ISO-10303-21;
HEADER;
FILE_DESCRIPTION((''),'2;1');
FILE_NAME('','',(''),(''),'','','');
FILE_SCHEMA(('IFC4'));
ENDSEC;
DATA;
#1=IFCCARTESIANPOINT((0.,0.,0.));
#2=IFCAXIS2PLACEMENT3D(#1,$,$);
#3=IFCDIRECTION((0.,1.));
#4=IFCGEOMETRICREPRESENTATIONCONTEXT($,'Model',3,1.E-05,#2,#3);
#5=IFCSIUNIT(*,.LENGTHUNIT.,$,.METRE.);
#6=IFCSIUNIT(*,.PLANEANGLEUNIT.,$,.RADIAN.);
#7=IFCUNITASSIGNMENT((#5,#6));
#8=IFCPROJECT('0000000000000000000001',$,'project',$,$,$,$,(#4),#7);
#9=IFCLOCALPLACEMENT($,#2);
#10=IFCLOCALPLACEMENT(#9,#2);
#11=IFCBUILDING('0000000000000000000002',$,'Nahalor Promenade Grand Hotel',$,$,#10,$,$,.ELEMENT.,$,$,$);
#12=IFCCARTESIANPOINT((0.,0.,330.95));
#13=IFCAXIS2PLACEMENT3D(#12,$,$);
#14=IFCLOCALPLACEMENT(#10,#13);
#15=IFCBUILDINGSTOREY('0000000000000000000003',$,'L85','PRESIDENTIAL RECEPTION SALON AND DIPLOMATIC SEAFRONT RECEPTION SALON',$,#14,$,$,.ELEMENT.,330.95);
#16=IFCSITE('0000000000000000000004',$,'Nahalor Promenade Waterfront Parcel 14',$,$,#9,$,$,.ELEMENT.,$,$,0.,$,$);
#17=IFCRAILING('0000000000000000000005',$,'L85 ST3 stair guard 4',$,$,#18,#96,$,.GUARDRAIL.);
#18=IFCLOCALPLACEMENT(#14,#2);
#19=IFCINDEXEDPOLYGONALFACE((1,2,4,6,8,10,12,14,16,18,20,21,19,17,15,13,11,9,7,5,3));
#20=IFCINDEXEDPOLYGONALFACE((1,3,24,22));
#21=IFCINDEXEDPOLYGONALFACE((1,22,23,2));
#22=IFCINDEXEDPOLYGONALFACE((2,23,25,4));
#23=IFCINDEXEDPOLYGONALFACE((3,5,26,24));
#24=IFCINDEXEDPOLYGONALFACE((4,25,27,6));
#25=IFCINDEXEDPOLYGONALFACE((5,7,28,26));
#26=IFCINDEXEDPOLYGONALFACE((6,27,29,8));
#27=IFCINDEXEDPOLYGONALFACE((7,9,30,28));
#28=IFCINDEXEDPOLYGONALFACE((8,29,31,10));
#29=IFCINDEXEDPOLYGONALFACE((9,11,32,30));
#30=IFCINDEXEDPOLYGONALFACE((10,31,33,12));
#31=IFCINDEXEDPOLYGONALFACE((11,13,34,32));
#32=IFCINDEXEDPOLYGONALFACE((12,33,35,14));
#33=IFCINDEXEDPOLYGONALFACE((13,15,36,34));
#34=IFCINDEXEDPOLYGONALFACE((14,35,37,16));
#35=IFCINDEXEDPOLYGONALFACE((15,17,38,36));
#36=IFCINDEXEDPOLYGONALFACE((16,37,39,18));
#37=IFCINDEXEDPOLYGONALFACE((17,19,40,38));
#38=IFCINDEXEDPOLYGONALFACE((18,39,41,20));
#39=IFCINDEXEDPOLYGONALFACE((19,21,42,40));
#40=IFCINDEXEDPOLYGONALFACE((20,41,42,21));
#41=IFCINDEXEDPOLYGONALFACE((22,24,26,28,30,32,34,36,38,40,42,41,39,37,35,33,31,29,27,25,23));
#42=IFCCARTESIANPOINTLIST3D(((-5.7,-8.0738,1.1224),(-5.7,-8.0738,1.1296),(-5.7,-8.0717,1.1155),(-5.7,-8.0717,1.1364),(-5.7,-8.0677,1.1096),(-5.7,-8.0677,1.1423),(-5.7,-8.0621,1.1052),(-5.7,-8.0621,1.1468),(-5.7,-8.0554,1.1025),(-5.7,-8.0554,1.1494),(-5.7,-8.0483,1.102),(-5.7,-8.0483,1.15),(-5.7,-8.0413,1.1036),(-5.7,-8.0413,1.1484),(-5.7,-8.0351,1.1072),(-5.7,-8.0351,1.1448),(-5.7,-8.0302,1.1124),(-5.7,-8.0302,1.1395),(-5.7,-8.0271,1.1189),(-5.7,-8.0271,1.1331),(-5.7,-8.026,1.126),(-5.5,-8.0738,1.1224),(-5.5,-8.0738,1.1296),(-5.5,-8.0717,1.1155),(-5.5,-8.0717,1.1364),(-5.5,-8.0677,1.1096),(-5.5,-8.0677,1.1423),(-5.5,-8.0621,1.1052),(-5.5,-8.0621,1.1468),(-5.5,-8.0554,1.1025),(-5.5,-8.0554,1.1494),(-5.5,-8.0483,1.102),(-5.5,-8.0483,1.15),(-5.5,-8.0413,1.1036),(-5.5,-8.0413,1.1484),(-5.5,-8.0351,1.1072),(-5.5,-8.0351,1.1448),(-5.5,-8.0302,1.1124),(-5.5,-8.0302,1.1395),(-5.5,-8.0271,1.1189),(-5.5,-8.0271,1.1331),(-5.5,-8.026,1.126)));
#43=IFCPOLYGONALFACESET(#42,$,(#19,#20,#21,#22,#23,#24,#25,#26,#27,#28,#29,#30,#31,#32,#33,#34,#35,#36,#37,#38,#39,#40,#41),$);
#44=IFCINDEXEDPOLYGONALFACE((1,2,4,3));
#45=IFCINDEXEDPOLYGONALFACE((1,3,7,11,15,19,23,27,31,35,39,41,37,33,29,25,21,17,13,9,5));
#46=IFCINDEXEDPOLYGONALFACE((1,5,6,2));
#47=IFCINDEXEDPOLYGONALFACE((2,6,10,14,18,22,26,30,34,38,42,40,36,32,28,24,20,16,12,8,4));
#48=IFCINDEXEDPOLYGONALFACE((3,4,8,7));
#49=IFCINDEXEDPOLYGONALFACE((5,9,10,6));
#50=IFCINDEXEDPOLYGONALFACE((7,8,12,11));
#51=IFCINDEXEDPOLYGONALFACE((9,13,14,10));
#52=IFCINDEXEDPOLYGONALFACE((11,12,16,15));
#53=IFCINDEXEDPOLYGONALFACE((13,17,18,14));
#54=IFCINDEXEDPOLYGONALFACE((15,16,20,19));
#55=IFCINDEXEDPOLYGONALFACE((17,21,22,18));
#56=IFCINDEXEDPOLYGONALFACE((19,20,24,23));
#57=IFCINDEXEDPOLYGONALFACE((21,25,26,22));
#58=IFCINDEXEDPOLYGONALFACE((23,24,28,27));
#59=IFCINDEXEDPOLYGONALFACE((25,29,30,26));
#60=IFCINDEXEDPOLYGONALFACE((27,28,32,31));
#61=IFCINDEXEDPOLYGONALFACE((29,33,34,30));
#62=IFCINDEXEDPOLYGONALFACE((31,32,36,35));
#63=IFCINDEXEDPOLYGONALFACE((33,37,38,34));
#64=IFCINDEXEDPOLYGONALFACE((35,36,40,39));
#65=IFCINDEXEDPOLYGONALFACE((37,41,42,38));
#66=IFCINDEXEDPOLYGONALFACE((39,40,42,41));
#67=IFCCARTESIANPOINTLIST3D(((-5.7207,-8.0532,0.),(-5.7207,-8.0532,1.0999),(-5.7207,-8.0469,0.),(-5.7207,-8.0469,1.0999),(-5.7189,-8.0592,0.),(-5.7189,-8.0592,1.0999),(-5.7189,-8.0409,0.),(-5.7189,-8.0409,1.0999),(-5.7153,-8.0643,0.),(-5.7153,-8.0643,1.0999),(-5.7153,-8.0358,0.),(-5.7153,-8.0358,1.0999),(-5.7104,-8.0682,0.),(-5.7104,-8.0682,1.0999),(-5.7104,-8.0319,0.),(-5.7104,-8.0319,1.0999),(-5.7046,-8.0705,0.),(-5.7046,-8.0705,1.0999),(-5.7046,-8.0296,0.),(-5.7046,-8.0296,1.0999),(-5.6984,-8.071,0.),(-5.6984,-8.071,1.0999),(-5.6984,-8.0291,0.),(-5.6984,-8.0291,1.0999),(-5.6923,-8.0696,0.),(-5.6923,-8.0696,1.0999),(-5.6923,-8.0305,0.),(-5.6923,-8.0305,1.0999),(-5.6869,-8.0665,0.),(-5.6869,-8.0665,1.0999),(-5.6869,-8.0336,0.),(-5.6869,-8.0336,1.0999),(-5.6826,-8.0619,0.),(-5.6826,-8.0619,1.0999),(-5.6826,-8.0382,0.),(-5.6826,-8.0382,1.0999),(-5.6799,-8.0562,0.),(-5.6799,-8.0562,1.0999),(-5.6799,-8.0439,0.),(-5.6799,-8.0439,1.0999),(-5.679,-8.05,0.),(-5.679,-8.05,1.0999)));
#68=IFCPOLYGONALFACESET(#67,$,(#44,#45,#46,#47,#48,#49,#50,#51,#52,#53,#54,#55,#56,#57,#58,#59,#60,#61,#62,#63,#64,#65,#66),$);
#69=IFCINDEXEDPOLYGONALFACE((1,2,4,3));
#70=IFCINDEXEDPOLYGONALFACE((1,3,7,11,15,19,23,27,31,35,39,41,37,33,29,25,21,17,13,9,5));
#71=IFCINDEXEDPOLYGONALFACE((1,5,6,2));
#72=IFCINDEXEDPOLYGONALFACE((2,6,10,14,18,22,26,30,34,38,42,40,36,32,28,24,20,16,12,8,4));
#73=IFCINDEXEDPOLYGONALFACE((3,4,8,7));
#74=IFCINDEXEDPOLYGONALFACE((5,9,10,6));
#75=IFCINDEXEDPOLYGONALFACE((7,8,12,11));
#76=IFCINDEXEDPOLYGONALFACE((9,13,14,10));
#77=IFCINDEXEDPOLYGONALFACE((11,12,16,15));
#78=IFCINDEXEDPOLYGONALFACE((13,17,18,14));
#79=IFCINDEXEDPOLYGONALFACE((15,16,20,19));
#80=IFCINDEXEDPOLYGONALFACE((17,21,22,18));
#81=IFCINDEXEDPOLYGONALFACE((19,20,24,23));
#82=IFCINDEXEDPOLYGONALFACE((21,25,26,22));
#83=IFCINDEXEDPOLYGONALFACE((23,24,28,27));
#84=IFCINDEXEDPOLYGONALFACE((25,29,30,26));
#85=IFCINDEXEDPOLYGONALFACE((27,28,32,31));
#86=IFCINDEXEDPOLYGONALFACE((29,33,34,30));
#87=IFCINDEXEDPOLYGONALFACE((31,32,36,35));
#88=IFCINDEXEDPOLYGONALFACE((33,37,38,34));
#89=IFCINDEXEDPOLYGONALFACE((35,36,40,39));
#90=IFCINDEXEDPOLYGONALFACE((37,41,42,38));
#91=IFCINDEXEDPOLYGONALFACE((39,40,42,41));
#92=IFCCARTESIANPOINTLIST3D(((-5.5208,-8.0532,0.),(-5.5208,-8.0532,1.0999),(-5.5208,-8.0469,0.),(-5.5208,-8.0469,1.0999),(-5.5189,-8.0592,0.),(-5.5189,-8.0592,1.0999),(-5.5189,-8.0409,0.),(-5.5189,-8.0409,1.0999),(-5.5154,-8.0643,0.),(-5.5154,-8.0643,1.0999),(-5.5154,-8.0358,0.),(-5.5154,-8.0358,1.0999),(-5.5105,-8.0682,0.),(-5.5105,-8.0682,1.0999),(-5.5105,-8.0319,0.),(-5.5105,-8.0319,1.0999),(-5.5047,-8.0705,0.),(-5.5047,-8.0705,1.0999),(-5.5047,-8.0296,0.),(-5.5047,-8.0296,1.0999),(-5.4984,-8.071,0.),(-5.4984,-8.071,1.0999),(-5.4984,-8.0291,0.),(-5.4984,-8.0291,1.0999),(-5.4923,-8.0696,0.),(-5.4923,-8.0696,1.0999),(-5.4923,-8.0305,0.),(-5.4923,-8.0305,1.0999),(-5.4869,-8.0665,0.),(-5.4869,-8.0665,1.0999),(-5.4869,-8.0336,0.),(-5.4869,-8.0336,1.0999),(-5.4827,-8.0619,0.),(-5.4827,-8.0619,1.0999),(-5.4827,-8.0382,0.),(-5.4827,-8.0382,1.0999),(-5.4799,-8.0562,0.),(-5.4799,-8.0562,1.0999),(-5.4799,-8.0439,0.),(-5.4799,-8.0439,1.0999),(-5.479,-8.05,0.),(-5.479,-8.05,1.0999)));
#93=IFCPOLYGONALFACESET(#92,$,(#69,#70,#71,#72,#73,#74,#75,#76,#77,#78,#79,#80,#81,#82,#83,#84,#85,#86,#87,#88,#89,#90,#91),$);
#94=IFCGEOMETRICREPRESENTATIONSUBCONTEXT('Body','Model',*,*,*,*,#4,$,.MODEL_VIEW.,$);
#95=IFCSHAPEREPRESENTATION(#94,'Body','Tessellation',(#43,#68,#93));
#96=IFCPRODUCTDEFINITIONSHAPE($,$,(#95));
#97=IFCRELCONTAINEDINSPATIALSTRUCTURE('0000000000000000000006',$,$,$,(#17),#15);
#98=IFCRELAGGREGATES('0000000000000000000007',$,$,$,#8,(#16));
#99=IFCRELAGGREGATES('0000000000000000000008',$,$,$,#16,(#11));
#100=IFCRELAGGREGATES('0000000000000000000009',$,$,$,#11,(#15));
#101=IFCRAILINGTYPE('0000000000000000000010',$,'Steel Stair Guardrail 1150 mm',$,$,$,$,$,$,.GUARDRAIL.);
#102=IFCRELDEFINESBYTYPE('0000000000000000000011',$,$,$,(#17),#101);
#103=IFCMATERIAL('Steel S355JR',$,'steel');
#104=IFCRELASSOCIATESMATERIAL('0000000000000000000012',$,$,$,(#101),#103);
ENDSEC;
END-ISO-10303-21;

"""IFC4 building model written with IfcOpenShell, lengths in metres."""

from ifc_helpers import new_model, si_unit, direction, frame, origin, origin_2d, place, context, subcontext, project, spatial, circle, extrude, material, type_object, element, save


model = new_model("IFC4")

# Units and contexts
model_context = context("Model", 3, precision=1e-05, world=origin(), true_north=direction((0.0, 1.0)))
body_context = subcontext(model_context, "Body", "Model", "MODEL_VIEW")
ifc_project = project(units=[si_unit("LENGTHUNIT", "METRE"), si_unit("PLANEANGLEUNIT", "RADIAN")], contexts=[model_context])

# Site, building, storey
site_placement = place(None, origin())
site = spatial("IfcSite", under=ifc_project, at=site_placement, Name="Nahalor Promenade Waterfront Parcel 14", CompositionType="ELEMENT", RefElevation=0.0)
building_placement = place(site_placement, origin())
building = spatial("IfcBuilding", under=site, at=building_placement, Name="Nahalor Promenade Grand Hotel", CompositionType="ELEMENT")
storey_placement = place(building_placement, frame((0.0, 0.0, 330.95)))
storey = spatial("IfcBuildingStorey", under=building, at=storey_placement, Name="L85", Description="PRESIDENTIAL RECEPTION SALON AND DIPLOMATIC SEAFRONT RECEPTION SALON", CompositionType="ELEMENT", Elevation=330.95)

# Shared definitions
ifc_material_1 = material(Name="Steel S355JR", Category="steel")

# Railing
railing_type_1 = type_object("IfcRailingType", Name="Steel Stair Guardrail 1150 mm", PredefinedType="GUARDRAIL", material=ifc_material_1)
railing_1_placement = place(storey_placement, frame((-5.7, -8.05, 0.0)))
element("IfcRailing", 1, at=railing_1_placement, inside=storey, type_object=railing_type_1, Name="L85 ST3 stair guard 4", PredefinedType="GUARDRAIL", context=body_context, shape_type="SweptSolid", body=[
    extrude(circle(Radius=0.024, at=origin_2d()), frame((0.0, 0.0, 1.126), z_axis=(1.0, 0.0, 0.0), x_axis=(0.0, 1.0, 0.0)), (0.0, 0.0, 1.0), 0.2),
    extrude(circle(Radius=0.021, at=origin_2d()), origin(), (0.0, 0.0, 1.0), 1.0999),
    extrude(circle(Radius=0.021, at=origin_2d()), frame((0.2, 0.0, 0.0)), (0.0, 0.0, 1.0), 1.0999),
])

save(model, "model.ifc")
